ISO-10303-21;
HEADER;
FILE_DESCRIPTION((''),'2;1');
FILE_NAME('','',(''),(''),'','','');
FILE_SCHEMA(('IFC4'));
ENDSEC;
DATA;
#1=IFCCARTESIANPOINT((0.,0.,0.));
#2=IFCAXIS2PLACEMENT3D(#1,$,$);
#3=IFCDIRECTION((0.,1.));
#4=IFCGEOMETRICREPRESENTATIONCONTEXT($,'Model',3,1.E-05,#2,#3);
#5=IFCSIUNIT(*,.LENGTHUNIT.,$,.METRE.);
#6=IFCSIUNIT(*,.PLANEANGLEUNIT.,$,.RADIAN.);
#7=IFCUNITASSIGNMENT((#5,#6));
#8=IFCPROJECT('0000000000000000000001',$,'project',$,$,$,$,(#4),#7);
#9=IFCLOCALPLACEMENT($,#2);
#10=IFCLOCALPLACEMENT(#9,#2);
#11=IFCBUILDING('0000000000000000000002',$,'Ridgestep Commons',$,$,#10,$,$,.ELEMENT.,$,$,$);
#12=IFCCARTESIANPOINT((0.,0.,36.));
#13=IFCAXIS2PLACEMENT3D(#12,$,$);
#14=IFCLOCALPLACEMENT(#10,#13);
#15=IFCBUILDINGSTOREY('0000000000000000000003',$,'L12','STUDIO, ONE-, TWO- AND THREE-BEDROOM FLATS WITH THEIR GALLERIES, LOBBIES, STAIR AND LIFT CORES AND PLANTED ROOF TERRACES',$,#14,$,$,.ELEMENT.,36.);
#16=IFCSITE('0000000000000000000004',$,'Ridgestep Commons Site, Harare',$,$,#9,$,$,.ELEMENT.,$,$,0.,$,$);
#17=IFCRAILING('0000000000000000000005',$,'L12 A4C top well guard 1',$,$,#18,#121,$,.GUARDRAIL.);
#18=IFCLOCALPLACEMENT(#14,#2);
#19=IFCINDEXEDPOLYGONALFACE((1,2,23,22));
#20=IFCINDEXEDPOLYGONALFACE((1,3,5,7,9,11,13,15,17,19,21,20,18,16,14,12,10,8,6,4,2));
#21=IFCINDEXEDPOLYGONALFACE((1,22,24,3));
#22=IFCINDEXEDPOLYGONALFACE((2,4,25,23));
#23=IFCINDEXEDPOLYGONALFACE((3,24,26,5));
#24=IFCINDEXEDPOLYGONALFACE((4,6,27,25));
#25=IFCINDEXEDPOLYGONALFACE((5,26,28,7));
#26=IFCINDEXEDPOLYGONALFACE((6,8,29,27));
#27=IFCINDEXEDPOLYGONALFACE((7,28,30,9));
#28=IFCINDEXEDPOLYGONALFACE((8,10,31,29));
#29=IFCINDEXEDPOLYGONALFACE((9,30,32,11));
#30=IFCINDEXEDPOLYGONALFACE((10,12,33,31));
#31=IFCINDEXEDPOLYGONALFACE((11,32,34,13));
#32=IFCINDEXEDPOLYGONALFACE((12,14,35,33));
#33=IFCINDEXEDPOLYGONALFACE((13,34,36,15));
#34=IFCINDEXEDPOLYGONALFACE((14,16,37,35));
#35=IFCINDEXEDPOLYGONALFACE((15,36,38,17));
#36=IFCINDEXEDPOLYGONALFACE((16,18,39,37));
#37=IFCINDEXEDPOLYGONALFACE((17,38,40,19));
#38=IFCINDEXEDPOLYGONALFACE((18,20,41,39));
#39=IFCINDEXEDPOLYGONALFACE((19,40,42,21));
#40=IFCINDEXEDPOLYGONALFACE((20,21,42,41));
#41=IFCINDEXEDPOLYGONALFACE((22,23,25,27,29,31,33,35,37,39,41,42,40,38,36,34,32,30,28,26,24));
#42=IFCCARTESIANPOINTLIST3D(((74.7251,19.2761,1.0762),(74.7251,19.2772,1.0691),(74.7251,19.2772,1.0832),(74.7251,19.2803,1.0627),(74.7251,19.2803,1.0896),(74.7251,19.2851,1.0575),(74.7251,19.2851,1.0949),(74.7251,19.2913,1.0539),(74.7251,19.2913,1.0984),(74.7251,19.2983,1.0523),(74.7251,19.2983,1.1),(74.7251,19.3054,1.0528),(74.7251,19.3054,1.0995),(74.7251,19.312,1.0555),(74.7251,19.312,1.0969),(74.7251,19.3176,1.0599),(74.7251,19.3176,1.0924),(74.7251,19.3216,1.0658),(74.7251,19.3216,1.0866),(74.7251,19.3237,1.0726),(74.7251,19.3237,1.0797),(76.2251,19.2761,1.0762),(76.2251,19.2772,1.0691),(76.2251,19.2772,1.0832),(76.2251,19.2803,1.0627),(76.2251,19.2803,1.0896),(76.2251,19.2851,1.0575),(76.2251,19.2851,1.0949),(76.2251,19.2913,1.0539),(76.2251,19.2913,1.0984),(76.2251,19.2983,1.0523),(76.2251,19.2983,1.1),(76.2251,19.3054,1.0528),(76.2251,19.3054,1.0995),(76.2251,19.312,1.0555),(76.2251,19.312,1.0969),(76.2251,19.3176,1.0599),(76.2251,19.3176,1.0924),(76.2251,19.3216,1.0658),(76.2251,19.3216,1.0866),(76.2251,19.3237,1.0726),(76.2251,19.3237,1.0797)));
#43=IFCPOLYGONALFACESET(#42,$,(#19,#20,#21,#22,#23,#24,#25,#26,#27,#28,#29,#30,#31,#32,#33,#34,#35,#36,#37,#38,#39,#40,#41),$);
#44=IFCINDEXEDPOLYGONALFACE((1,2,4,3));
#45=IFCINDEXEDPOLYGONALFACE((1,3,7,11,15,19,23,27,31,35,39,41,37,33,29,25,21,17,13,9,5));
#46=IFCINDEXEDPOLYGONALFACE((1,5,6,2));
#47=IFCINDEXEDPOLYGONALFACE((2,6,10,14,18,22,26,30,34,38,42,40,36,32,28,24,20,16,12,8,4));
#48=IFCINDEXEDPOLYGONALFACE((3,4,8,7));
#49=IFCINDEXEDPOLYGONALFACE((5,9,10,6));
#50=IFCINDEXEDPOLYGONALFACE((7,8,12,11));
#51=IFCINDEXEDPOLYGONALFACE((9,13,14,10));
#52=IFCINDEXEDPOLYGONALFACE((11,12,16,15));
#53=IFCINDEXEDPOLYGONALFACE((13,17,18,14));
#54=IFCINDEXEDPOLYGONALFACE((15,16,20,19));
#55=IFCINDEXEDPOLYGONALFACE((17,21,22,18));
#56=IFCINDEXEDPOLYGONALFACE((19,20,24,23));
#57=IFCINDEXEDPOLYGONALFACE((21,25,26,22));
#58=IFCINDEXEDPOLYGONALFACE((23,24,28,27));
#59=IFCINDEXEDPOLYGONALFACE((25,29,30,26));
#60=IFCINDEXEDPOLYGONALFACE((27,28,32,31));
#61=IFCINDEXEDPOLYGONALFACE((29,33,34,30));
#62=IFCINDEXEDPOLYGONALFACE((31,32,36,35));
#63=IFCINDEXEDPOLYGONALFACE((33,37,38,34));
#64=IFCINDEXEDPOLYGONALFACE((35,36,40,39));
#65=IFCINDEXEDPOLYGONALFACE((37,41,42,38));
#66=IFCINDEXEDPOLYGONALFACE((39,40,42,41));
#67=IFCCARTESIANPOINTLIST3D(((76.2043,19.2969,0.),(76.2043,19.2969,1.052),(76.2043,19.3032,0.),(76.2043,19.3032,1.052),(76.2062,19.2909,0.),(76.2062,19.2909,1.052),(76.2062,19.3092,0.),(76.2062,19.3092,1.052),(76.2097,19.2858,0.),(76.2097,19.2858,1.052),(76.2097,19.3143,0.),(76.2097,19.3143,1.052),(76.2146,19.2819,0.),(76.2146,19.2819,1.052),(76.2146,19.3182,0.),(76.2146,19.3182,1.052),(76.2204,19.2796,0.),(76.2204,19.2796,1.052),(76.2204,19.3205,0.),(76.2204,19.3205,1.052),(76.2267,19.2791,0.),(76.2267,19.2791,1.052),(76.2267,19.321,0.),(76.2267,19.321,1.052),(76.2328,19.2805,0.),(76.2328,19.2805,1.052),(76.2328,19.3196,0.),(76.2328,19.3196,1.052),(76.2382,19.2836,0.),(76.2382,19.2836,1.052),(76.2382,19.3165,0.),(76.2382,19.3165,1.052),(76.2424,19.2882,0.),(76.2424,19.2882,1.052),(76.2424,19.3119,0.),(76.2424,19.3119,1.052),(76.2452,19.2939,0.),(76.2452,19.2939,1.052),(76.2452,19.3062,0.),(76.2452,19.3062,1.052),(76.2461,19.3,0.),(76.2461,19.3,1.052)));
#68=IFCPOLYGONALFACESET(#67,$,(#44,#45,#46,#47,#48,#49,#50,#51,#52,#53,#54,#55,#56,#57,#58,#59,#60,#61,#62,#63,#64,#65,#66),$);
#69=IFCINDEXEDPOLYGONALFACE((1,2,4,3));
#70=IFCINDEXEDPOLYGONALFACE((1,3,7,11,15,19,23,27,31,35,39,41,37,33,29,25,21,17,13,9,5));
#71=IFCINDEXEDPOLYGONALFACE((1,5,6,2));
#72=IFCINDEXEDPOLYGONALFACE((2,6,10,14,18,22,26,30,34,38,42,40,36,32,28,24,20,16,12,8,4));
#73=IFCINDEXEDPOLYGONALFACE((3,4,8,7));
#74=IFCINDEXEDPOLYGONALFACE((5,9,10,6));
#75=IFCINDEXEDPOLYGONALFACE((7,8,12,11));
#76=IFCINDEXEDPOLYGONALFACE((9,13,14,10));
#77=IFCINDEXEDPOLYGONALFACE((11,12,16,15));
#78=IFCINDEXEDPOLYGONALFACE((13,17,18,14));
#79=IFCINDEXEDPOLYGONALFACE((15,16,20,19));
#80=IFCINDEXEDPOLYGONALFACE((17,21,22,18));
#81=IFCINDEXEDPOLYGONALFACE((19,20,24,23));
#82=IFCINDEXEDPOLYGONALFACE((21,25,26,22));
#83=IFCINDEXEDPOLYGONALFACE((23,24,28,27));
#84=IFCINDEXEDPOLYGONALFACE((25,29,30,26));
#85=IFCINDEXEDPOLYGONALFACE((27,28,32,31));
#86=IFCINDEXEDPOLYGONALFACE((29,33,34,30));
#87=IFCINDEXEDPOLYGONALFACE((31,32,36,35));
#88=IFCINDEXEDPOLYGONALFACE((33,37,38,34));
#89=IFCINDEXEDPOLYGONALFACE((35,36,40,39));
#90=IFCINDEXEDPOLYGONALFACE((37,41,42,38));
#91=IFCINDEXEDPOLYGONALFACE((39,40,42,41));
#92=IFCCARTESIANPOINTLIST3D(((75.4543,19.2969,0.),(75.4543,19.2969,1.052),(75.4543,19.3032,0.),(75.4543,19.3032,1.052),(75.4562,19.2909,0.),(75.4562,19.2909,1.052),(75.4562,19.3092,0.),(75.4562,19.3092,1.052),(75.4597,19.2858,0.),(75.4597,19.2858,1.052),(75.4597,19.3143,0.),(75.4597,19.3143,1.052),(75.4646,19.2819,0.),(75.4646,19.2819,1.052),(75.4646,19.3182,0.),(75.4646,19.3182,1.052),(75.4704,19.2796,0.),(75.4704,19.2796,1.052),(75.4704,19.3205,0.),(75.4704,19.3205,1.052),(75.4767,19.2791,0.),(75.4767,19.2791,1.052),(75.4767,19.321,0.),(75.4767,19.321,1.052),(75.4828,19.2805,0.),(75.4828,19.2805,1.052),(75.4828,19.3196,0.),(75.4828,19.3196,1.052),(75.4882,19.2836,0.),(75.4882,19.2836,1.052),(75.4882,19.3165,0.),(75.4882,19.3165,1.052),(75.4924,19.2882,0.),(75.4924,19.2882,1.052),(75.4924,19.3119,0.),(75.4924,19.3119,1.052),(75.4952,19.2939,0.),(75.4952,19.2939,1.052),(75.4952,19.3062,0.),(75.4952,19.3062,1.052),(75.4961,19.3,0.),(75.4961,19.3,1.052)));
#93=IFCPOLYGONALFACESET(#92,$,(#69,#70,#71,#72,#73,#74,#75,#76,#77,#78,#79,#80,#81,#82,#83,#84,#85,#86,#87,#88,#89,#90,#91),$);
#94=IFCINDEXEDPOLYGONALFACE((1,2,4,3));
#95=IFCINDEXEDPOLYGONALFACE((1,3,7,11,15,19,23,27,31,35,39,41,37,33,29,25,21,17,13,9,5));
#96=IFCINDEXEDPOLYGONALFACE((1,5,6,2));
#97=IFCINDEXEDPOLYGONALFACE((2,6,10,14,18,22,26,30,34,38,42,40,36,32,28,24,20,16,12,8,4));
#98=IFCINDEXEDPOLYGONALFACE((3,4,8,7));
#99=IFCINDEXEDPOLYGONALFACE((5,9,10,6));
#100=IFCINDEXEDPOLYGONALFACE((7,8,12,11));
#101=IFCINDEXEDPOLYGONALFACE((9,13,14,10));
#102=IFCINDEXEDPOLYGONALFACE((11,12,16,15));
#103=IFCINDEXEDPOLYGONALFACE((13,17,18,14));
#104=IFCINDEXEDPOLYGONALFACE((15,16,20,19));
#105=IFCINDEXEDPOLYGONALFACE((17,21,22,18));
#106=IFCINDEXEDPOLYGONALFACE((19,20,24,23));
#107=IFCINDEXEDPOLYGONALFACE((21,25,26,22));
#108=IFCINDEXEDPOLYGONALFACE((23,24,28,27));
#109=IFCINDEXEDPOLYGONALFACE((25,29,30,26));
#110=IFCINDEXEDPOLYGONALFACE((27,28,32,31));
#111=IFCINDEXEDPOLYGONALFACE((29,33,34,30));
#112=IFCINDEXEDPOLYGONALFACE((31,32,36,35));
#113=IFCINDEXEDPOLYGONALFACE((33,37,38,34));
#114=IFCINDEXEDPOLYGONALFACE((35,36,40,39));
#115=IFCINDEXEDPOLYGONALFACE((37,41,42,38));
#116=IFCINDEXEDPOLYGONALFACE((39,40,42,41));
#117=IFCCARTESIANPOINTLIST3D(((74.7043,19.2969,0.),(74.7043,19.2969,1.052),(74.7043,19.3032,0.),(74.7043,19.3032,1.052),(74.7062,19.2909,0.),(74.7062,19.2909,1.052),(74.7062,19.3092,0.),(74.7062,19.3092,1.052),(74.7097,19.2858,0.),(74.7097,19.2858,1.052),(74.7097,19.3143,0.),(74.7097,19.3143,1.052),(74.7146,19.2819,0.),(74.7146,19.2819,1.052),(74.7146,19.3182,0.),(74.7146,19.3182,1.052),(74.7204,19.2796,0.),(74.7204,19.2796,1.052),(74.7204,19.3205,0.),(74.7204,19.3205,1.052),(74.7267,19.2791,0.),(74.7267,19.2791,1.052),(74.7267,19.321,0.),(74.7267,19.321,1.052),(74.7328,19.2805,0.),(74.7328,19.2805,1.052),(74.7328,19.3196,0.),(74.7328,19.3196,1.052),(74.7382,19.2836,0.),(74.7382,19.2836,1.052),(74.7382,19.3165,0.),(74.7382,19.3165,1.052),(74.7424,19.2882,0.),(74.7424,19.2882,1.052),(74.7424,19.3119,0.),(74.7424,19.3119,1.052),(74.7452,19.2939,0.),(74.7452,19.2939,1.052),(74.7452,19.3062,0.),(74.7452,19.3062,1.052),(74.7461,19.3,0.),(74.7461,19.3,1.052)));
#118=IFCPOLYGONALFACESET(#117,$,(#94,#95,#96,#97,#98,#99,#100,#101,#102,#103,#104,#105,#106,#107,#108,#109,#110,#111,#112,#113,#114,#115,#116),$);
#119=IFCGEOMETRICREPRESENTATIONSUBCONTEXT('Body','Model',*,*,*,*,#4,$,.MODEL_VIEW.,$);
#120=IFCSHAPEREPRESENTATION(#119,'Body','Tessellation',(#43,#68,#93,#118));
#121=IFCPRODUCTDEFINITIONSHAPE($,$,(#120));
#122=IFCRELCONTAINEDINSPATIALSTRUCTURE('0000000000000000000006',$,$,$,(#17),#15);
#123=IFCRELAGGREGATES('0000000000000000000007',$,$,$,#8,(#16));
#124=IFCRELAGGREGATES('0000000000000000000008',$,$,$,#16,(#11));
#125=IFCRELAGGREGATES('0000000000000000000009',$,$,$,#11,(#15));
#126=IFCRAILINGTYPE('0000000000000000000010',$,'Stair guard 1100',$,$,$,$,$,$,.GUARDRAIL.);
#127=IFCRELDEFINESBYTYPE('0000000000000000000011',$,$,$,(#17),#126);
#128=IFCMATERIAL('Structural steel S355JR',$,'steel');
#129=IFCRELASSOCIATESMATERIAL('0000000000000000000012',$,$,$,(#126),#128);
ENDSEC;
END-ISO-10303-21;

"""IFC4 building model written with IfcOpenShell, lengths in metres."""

from ifc_helpers import new_model, si_unit, direction, frame, origin, origin_2d, place, context, subcontext, project, spatial, circle, extrude, material, type_object, element, save


model = new_model("IFC4")

# Units and contexts
model_context = context("Model", 3, precision=1e-05, world=origin(), true_north=direction((0.0, 1.0)))
body_context = subcontext(model_context, "Body", "Model", "MODEL_VIEW")
ifc_project = project(units=[si_unit("LENGTHUNIT", "METRE"), si_unit("PLANEANGLEUNIT", "RADIAN")], contexts=[model_context])

# Site, building, storey
site_placement = place(None, origin())
site = spatial("IfcSite", under=ifc_project, at=site_placement, Name="Ridgestep Commons Site, Harare", CompositionType="ELEMENT", RefElevation=0.0)
building_placement = place(site_placement, origin())
building = spatial("IfcBuilding", under=site, at=building_placement, Name="Ridgestep Commons", CompositionType="ELEMENT")
storey_placement = place(building_placement, frame((0.0, 0.0, 36.0)))
storey = spatial("IfcBuildingStorey", under=building, at=storey_placement, Name="L12", Description="STUDIO, ONE-, TWO- AND THREE-BEDROOM FLATS WITH THEIR GALLERIES, LOBBIES, STAIR AND LIFT CORES AND PLANTED ROOF TERRACES", CompositionType="ELEMENT", Elevation=36.0)

# Railing
ifc_material_1 = material(Name="Structural steel S355JR", Category="steel")
railing_type_1 = type_object("IfcRailingType", Name="Stair guard 1100", PredefinedType="GUARDRAIL", material=ifc_material_1)
railing_1_placement = place(storey_placement, frame((76.2251, 19.3, 0.0)))
element("IfcRailing", 1, at=railing_1_placement, inside=storey, type_object=railing_type_1, Name="L12 A4C top well guard 1", PredefinedType="GUARDRAIL", context=body_context, shape_type="SweptSolid", body=[
    extrude(circle(Radius=0.0239, at=origin_2d()), frame((0.0, 0.0, 1.0762), z_axis=(-1.0, 0.0, 0.0), x_axis=(0.0, -1.0, 0.0)), (0.0, 0.0, 1.0), 1.5),
    extrude(circle(Radius=0.021, at=origin_2d()), origin(), (0.0, 0.0, 1.0), 1.052),
    extrude(circle(Radius=0.021, at=origin_2d()), frame((-0.75, 0.0, 0.0)), (0.0, 0.0, 1.0), 1.052),
    extrude(circle(Radius=0.021, at=origin_2d()), frame((-1.5, 0.0, 0.0)), (0.0, 0.0, 1.0), 1.052),
])

save(model, "model.ifc")
